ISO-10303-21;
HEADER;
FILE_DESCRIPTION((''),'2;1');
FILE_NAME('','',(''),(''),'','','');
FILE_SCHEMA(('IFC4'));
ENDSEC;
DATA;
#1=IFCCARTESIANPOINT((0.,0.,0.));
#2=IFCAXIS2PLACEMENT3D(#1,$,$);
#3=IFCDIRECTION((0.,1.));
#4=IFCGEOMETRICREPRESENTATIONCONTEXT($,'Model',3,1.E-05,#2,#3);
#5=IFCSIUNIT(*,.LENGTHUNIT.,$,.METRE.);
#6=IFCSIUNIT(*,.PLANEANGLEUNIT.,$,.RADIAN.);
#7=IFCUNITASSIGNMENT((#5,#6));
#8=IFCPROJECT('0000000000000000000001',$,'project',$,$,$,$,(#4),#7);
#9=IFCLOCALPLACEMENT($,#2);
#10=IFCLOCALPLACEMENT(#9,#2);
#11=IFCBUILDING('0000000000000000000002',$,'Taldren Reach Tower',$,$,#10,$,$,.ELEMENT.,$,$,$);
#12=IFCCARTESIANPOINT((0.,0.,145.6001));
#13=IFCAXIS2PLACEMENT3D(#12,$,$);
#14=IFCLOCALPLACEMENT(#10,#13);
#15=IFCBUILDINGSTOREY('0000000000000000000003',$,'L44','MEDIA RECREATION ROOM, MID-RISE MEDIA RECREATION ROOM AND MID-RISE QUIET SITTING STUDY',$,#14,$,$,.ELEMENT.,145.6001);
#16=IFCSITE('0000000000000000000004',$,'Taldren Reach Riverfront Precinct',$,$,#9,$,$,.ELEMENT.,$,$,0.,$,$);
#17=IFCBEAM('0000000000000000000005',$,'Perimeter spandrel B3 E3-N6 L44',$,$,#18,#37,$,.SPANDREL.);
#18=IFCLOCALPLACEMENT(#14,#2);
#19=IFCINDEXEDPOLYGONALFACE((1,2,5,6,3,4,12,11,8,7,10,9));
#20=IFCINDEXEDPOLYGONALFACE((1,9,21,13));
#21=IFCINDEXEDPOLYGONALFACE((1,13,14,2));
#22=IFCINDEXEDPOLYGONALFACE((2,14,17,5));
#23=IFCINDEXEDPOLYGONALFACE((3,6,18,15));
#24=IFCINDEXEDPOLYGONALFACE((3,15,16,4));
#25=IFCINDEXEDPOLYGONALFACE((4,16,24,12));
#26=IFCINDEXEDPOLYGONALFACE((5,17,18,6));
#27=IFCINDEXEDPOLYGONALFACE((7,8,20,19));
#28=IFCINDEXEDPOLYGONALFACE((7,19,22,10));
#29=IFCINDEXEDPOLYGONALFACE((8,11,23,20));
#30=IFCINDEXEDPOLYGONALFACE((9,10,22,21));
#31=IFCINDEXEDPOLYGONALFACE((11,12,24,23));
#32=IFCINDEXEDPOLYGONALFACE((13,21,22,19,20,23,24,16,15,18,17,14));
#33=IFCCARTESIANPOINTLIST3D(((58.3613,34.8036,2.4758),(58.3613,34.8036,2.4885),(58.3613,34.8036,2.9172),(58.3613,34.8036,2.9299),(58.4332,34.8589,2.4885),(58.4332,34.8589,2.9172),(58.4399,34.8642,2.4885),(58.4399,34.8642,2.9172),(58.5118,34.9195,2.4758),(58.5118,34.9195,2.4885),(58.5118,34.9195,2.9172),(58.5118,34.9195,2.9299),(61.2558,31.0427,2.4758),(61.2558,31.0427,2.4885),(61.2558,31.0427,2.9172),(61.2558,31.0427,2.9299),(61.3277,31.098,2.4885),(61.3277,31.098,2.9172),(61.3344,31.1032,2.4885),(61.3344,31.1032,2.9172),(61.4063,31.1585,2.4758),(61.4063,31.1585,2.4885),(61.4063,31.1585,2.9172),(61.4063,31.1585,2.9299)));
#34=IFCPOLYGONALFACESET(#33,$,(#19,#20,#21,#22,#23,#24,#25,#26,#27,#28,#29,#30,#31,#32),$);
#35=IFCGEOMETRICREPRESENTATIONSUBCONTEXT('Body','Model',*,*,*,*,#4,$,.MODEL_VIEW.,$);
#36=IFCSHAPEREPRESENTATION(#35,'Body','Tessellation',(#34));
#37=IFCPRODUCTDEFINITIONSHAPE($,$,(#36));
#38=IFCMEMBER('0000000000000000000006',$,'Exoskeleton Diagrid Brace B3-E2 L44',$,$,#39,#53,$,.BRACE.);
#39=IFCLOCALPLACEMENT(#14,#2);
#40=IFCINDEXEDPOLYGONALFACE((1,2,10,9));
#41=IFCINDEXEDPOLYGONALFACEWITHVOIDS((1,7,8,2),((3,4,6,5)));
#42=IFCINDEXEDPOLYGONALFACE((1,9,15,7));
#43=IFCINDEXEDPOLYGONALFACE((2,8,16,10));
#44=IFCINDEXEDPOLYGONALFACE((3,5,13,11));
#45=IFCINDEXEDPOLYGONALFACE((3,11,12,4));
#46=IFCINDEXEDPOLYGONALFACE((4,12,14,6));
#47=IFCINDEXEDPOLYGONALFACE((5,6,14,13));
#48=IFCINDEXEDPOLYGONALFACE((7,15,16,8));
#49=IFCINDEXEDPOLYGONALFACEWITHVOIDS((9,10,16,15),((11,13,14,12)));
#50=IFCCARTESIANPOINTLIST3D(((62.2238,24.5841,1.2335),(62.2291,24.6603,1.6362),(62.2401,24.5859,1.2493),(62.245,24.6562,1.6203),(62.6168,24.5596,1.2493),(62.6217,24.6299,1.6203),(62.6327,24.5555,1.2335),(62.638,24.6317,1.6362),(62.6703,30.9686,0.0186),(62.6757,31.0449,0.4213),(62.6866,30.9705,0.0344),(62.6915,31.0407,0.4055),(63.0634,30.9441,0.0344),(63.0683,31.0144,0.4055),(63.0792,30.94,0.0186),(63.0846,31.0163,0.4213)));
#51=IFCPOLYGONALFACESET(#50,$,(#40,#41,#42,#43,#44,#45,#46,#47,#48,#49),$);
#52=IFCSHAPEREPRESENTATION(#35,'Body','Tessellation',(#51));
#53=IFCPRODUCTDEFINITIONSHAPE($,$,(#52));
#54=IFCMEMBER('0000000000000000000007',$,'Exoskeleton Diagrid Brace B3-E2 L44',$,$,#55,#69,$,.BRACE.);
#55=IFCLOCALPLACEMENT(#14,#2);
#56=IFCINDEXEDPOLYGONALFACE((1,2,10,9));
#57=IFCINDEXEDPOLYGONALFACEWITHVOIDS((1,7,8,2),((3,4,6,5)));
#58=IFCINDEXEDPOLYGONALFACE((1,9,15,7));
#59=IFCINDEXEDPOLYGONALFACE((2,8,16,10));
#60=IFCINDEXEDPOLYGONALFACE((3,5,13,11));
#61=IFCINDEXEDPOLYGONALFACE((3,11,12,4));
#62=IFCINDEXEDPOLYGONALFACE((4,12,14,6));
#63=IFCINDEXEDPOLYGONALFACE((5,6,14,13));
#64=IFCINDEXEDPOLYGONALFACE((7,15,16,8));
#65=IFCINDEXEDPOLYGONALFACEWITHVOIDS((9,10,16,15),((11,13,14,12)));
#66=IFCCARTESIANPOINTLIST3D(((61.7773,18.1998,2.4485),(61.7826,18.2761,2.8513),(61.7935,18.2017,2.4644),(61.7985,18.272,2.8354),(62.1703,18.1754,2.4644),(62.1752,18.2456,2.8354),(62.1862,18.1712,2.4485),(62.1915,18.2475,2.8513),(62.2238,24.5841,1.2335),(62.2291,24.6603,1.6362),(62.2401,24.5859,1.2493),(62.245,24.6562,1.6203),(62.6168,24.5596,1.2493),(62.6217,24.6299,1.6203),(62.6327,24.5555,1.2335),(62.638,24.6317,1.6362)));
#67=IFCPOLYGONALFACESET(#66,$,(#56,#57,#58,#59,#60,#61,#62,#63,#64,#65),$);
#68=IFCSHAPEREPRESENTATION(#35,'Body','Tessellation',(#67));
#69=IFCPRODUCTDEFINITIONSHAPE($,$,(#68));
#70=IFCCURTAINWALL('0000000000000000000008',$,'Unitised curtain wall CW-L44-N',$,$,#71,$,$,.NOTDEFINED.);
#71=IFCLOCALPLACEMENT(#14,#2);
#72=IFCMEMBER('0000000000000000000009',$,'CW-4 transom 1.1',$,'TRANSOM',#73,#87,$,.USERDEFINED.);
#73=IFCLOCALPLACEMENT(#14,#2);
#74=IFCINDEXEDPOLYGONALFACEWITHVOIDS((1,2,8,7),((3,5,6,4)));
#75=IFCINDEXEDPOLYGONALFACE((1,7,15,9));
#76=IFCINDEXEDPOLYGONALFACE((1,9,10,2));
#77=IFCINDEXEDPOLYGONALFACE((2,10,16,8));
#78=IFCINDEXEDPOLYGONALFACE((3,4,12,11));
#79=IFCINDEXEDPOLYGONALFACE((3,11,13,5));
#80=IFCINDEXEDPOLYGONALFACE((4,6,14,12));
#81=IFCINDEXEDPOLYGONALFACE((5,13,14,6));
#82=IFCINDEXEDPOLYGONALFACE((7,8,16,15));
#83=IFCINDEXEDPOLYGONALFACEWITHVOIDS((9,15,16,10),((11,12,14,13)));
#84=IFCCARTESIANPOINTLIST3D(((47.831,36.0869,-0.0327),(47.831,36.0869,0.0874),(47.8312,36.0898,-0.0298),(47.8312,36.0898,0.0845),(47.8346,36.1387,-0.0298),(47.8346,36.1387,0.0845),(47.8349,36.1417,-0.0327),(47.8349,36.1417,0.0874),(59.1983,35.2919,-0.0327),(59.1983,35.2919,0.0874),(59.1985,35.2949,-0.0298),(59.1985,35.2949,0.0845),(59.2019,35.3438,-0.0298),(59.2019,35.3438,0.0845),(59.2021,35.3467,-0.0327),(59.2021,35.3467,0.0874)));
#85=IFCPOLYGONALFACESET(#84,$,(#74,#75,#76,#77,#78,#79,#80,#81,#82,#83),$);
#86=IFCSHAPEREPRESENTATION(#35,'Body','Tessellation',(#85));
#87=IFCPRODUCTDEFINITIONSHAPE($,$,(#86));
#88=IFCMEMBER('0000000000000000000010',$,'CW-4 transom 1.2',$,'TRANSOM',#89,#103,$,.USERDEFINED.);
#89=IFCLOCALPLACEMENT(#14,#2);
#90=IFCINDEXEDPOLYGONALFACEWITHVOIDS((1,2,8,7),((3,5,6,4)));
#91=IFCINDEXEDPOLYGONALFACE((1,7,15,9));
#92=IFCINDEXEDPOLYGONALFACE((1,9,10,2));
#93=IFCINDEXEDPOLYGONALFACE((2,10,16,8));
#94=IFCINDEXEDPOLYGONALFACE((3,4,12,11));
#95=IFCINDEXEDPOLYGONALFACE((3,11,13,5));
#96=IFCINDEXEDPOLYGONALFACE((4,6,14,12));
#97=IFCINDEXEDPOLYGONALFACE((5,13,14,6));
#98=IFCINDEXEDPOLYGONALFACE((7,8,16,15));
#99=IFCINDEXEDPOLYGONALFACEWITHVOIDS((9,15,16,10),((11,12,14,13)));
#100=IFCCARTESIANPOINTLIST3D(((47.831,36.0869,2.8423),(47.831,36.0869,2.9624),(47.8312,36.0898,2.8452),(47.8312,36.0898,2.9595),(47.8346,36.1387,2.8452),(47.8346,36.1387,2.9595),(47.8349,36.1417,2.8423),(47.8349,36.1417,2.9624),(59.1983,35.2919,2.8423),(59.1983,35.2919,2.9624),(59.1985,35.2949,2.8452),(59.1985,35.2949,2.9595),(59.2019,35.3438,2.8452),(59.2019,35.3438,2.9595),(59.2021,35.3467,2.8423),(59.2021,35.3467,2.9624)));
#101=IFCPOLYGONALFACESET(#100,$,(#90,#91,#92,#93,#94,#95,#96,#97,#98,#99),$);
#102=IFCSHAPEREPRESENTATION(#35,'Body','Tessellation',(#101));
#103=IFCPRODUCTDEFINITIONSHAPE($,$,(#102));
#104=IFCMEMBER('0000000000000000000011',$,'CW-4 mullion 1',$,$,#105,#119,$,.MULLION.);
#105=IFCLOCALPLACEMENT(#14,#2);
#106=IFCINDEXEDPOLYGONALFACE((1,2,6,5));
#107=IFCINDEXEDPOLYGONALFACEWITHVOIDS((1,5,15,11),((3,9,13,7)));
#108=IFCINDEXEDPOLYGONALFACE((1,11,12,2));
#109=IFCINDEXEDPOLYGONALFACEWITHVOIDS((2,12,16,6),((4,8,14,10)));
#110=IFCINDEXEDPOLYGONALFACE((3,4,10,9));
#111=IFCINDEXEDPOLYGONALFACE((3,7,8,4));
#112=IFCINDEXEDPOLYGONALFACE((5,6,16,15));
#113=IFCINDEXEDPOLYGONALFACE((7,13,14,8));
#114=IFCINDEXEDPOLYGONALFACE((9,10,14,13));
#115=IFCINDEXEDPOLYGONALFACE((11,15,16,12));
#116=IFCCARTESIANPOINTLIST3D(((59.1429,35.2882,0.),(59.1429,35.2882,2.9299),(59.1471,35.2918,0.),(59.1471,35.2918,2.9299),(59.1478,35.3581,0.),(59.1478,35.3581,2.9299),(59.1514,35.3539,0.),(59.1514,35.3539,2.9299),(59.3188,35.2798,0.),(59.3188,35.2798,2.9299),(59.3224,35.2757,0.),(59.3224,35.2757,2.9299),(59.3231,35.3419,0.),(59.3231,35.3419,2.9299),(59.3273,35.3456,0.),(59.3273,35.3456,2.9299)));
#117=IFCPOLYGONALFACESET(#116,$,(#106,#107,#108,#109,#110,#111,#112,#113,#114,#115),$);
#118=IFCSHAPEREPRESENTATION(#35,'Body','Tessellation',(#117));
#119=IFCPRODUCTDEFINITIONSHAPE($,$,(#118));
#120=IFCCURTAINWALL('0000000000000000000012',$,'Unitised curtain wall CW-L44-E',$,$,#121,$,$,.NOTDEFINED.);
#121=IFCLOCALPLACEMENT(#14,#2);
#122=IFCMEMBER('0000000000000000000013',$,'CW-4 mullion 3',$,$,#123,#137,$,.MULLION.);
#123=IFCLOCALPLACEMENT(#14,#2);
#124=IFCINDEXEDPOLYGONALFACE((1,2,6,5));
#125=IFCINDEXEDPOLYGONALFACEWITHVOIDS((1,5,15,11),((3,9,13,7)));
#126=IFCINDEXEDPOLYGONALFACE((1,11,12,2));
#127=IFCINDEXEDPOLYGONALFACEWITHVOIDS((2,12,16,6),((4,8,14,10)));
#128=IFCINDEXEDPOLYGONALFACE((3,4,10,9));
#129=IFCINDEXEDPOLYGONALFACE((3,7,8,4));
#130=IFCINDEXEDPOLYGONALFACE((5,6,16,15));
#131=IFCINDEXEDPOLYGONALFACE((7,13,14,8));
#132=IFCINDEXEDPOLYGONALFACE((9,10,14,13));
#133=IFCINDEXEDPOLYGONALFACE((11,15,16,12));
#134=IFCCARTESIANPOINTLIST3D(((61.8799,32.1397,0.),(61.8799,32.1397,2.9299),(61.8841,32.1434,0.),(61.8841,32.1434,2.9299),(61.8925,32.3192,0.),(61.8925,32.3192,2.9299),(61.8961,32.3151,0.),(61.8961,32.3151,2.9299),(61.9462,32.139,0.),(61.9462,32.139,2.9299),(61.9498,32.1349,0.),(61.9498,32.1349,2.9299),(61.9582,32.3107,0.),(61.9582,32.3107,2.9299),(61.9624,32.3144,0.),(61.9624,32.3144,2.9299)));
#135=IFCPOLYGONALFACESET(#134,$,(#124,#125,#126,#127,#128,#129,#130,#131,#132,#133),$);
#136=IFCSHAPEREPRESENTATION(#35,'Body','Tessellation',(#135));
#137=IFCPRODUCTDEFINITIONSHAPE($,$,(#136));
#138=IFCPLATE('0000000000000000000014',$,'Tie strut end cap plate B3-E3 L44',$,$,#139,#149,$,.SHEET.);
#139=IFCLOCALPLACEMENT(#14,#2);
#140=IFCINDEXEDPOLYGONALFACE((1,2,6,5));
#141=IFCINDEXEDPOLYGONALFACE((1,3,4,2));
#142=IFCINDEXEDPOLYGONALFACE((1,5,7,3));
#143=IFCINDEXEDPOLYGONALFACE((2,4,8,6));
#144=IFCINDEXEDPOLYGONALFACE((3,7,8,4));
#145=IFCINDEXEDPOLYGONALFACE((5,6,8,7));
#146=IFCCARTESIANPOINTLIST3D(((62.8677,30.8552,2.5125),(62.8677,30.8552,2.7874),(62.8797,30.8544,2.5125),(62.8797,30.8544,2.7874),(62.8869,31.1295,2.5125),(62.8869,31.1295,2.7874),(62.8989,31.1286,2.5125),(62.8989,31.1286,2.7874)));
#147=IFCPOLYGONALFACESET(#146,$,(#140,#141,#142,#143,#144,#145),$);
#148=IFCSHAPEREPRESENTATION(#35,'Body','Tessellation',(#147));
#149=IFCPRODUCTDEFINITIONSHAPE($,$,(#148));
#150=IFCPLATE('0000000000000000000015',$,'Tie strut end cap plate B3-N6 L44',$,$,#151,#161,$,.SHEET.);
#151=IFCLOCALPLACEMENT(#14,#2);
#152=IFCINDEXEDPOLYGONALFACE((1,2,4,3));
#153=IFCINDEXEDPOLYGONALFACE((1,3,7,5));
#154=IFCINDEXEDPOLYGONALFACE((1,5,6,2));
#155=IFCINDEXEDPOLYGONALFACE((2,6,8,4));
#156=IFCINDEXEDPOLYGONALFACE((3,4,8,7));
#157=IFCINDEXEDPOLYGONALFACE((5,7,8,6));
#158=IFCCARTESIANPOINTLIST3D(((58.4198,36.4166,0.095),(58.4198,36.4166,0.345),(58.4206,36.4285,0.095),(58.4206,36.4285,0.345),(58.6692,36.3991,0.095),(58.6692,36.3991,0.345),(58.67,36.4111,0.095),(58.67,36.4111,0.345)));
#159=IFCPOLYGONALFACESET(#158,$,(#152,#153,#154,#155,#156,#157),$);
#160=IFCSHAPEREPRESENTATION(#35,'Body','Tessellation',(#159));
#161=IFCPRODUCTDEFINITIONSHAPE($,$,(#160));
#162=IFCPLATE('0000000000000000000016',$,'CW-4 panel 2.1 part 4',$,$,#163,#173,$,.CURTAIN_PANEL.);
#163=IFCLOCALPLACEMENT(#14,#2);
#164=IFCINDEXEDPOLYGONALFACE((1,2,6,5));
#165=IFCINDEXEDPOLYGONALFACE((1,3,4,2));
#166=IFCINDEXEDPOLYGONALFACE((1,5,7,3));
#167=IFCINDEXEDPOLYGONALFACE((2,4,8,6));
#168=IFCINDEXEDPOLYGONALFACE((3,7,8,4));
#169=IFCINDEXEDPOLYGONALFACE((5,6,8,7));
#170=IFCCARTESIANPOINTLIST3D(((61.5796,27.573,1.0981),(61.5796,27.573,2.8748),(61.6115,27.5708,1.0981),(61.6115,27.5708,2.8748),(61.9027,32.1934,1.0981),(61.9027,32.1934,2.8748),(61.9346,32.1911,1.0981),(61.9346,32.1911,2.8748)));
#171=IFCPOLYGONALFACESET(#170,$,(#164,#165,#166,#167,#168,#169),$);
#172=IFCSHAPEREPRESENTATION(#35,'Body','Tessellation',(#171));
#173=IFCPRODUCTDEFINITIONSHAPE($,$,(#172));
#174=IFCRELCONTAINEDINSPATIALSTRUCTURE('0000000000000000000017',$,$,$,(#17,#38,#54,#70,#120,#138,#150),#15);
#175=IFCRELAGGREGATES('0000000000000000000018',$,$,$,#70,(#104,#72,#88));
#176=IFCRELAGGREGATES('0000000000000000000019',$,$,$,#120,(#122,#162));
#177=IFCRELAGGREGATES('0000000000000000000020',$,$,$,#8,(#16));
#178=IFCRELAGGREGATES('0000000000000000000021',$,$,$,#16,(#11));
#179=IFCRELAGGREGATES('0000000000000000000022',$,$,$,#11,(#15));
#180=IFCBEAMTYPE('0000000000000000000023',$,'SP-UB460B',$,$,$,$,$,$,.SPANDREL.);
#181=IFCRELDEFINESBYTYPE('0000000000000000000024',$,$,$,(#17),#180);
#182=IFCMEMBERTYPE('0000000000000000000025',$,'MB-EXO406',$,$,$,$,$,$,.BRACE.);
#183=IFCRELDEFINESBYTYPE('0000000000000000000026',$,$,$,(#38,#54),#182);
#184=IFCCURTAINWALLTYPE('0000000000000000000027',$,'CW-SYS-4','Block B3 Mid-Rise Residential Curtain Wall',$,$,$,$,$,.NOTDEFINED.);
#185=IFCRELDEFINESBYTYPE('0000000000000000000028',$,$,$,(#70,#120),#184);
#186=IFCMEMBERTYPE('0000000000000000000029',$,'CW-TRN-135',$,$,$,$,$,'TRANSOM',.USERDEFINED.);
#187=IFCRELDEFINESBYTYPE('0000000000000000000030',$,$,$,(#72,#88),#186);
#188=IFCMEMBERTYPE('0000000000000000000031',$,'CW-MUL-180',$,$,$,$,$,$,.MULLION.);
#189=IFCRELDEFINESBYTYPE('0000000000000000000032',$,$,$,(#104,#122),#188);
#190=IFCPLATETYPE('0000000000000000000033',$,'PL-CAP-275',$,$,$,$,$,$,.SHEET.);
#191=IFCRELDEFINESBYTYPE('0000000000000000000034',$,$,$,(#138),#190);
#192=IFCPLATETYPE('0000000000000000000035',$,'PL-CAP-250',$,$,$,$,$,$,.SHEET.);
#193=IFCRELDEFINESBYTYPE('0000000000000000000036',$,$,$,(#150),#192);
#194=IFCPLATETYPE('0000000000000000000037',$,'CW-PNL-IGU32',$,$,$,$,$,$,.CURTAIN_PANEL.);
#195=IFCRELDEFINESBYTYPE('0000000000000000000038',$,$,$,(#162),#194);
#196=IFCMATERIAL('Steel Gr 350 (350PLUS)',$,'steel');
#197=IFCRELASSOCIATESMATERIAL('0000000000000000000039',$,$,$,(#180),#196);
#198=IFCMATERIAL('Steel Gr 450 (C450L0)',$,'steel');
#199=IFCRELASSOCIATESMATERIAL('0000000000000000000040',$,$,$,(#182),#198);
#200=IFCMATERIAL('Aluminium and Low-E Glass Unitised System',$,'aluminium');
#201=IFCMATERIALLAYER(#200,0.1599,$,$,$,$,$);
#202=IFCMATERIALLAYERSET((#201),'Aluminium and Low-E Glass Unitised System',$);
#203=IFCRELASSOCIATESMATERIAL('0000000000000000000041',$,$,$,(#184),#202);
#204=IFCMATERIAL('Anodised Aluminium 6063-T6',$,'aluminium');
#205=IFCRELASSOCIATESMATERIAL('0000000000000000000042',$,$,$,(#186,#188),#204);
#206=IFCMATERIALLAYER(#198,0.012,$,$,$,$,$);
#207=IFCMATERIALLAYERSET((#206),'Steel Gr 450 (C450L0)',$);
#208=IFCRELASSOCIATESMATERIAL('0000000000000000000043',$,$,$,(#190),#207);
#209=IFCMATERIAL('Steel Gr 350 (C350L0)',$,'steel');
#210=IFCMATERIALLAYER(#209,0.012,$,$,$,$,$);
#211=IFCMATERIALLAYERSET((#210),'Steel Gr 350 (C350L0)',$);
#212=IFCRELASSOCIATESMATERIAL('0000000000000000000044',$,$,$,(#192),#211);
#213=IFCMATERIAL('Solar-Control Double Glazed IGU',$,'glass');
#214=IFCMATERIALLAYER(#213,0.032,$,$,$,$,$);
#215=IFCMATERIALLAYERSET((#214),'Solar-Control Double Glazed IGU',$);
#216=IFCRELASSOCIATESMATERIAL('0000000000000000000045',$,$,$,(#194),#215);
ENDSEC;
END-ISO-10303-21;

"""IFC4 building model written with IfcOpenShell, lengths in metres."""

from ifc_helpers import new_model, si_unit, direction, frame, origin, origin_2d, place, context, subcontext, project, spatial, rectangle, hollow_rectangle, i_section, extrude, source, transform, mapped, material, layer, layer_set, material_profile, profile_set, type_object, element, aggregate, save


model = new_model("IFC4")

# Units and contexts
model_context = context("Model", 3, precision=1e-05, world=origin(), true_north=direction((0.0, 1.0)))
body_context = subcontext(model_context, "Body", "Model", "MODEL_VIEW")
ifc_project = project(units=[si_unit("LENGTHUNIT", "METRE"), si_unit("PLANEANGLEUNIT", "RADIAN")], contexts=[model_context])

# Site, building, storey
site_placement = place(None, origin())
site = spatial("IfcSite", under=ifc_project, at=site_placement, Name="Taldren Reach Riverfront Precinct", CompositionType="ELEMENT", RefElevation=0.0)
building_placement = place(site_placement, origin())
building = spatial("IfcBuilding", under=site, at=building_placement, Name="Taldren Reach Tower", CompositionType="ELEMENT")
storey_placement = place(building_placement, frame((0.0, 0.0, 145.6001)))
storey = spatial("IfcBuildingStorey", under=building, at=storey_placement, Name="L44", Description="MEDIA RECREATION ROOM, MID-RISE MEDIA RECREATION ROOM AND MID-RISE QUIET SITTING STUDY", CompositionType="ELEMENT", Elevation=145.6001)

# Shared definitions
ifc_material_1 = material(Name="Steel Gr 450 (C450L0)", Category="steel")
ifc_material_2 = material(Name="Steel Gr 350 (350PLUS)", Category="steel")

# Shared definitions
ifc_material_3 = material(Name="Steel Gr 350 (C350L0)", Category="steel")

# Beam
ifc_material_profile_1 = material_profile(ifc_material_2, i_section(OverallWidth=0.1899, OverallDepth=0.4541, WebThickness=0.0085, FlangeThickness=0.0127, at=origin_2d()), Name="460UB67.1")
ifc_profile_set_1 = profile_set([ifc_material_profile_1], Name="Steel Gr 350 (350PLUS)")
beam_type = type_object("IfcBeamType", Name="SP-UB460B", PredefinedType="SPANDREL", material=ifc_profile_set_1)
shared_shape_1 = source(origin(), body_context, "Body", "SweptSolid", [
    extrude(i_section(OverallWidth=0.1899, OverallDepth=0.4541, WebThickness=0.0085, FlangeThickness=0.0127, at=origin_2d()), origin(), (0.0, 0.0, 1.0), 4.7458),
])
beam_1_placement = place(storey_placement, frame((61.3311, 31.1006, 2.7029), z_axis=(-0.609905, 0.792475, 0.0), x_axis=(-0.792475, -0.609905, 0.0)))
element("IfcBeam", 1, at=beam_1_placement, inside=storey, type_object=beam_type, Name="Perimeter spandrel B3 E3-N6 L44", PredefinedType="SPANDREL", context=body_context, shape_type="MappedRepresentation", body=[
    mapped(shared_shape_1, transform((0.0, 0.0, 0.0), scale=1.0)),
])

# Members
ifc_material_profile_2 = material_profile(ifc_material_1, hollow_rectangle(XDim=0.4099, YDim=0.4099, WallThickness=0.0161, at=origin_2d()), Name="410x410x16.0SHS")
ifc_profile_set_2 = profile_set([ifc_material_profile_2], Name="Steel Gr 450 (C450L0)")
member_type_1 = type_object("IfcMemberType", Name="MB-EXO406", PredefinedType="BRACE", material=ifc_profile_set_2)
shared_shape_2 = source(origin(), body_context, "Body", "SweptSolid", [
    extrude(hollow_rectangle(XDim=0.4099, YDim=0.4099, WallThickness=0.0161, at=origin_2d()), origin(), (0.0, 0.0, 1.0), 6.5144),
])
member_1_placement = place(storey_placement, frame((62.8774, 30.9924, 0.22), z_axis=(-0.068546, -0.980063, 0.186486), x_axis=(0.997563, -0.06977, 0.0)))
element("IfcMember", 2, at=member_1_placement, inside=storey, type_object=member_type_1, Name="Exoskeleton Diagrid Brace B3-E2 L44", PredefinedType="BRACE", context=body_context, shape_type="MappedRepresentation", body=[
    mapped(shared_shape_2, transform((0.0, 0.0, 0.0), scale=1.0)),
])
shared_shape_3 = source(origin(), body_context, "Body", "SweptSolid", [
    extrude(hollow_rectangle(XDim=0.4099, YDim=0.4099, WallThickness=0.0161, at=origin_2d()), origin(), (0.0, 0.0, 1.0), 6.5142),
])
member_2_placement = place(storey_placement, frame((62.4309, 24.6079, 1.4348), z_axis=(-0.068548, -0.980055, 0.186529), x_axis=(0.997563, -0.069772, 0.0)))
element("IfcMember", 3, at=member_2_placement, inside=storey, type_object=member_type_1, Name="Exoskeleton Diagrid Brace B3-E2 L44", PredefinedType="BRACE", context=body_context, shape_type="MappedRepresentation", body=[
    mapped(shared_shape_3, transform((0.0, 0.0, 0.0), scale=1.0)),
])

# Curtain wall, members
ifc_material_4 = material(Name="Aluminium and Low-E Glass Unitised System", Category="aluminium")
ifc_layer_1 = layer(ifc_material_4, 0.1599)
ifc_layer_set_1 = layer_set([ifc_layer_1], Name="Aluminium and Low-E Glass Unitised System")
curtain_wall_type = type_object("IfcCurtainWallType", Name="CW-SYS-4", Description="Block B3 Mid-Rise Residential Curtain Wall", PredefinedType="NOTDEFINED", material=ifc_layer_set_1)
curtain_wall_1_placement = place(storey_placement, origin())
curtain_wall_1 = element("IfcCurtainWall", 4, at=curtain_wall_1_placement, inside=storey, type_object=curtain_wall_type, Name="Unitised curtain wall CW-L44-N", PredefinedType="NOTDEFINED")
ifc_material_5 = material(Name="Anodised Aluminium 6063-T6", Category="aluminium")
ifc_material_profile_3 = material_profile(ifc_material_5, hollow_rectangle(XDim=0.0549, YDim=0.1201, WallThickness=0.0029, at=origin_2d()), Name="ALU-120x55x3RHS")
ifc_profile_set_3 = profile_set([ifc_material_profile_3], Name="Anodised Aluminium 6063-T6")
member_type_2 = type_object("IfcMemberType", Name="CW-TRN-135", ElementType="TRANSOM", PredefinedType="USERDEFINED", material=ifc_profile_set_3)
shared_shape_4 = source(origin(), body_context, "Body", "SweptSolid", [
    extrude(hollow_rectangle(XDim=0.0549, YDim=0.1201, WallThickness=0.0029, at=origin_2d()), origin(), (0.0, 0.0, 1.0), 11.395),
])
member_3_placement = place(storey_placement, frame((59.2002, 35.3193, 0.0273), z_axis=(-0.997564, 0.069761, 0.0), x_axis=(-0.069761, -0.997564, 0.0)))
member_3 = element("IfcMember", 5, at=member_3_placement, type_object=member_type_2, Name="CW-4 transom 1.1", ObjectType="TRANSOM", PredefinedType="USERDEFINED", context=body_context, shape_type="MappedRepresentation", body=[
    mapped(shared_shape_4, transform((0.0, 0.0, 0.0), scale=1.0)),
])
member_4_placement = place(storey_placement, frame((59.2002, 35.3193, 2.9023), z_axis=(-0.997564, 0.069761, 0.0), x_axis=(-0.069761, -0.997564, 0.0)))
member_4 = element("IfcMember", 6, at=member_4_placement, type_object=member_type_2, Name="CW-4 transom 1.2", ObjectType="TRANSOM", PredefinedType="USERDEFINED", context=body_context, shape_type="MappedRepresentation", body=[
    mapped(shared_shape_4, transform((0.0, 0.0, 0.0), scale=1.0)),
])
ifc_material_profile_4 = material_profile(ifc_material_5, hollow_rectangle(XDim=0.0701, YDim=0.1799, WallThickness=0.0039, at=origin_2d()), Name="ALU-180x70x4RHS")
ifc_profile_set_4 = profile_set([ifc_material_profile_4], Name="Anodised Aluminium 6063-T6")
member_type_3 = type_object("IfcMemberType", Name="CW-MUL-180", PredefinedType="MULLION", material=ifc_profile_set_4)
shared_shape_5 = source(origin(), body_context, "Body", "SweptSolid", [
    extrude(hollow_rectangle(XDim=0.0701, YDim=0.1799, WallThickness=0.0039, at=origin_2d()), origin(), (0.0, 0.0, 1.0), 2.9299),
])
member_5_placement = place(storey_placement, frame((59.2351, 35.3169, 0.0), z_axis=(0.0, 0.0, 1.0), x_axis=(-0.069757, -0.997564, 0.0)))
member_5 = element("IfcMember", 7, at=member_5_placement, type_object=member_type_3, Name="CW-4 mullion 1", PredefinedType="MULLION", context=body_context, shape_type="MappedRepresentation", body=[
    mapped(shared_shape_5, transform((0.0, 0.0, 0.0), scale=1.0)),
])
aggregate(curtain_wall_1, [member_5, member_3, member_4])

# Curtain wall, member
curtain_wall_2_placement = place(storey_placement, origin())
curtain_wall_2 = element("IfcCurtainWall", 8, at=curtain_wall_2_placement, inside=storey, type_object=curtain_wall_type, Name="Unitised curtain wall CW-L44-E", PredefinedType="NOTDEFINED")
member_6_placement = place(storey_placement, frame((61.9211, 32.2271, 0.0), z_axis=(0.0, 0.0, 1.0), x_axis=(-0.997564, 0.069756, 0.0)))
member_6 = element("IfcMember", 9, at=member_6_placement, type_object=member_type_3, Name="CW-4 mullion 3", PredefinedType="MULLION", context=body_context, shape_type="MappedRepresentation", body=[
    mapped(shared_shape_5, transform((0.0, 0.0, 0.0), scale=1.0)),
])

# Plates
ifc_layer_2 = layer(ifc_material_1, 0.012)
ifc_layer_set_2 = layer_set([ifc_layer_2], Name="Steel Gr 450 (C450L0)")
plate_type_1 = type_object("IfcPlateType", Name="PL-CAP-275", PredefinedType="SHEET", material=ifc_layer_set_2)
shared_shape_6 = source(origin(), body_context, "Body", "SweptSolid", [
    extrude(rectangle(XDim=0.012, YDim=0.2749, at=origin_2d()), origin(), (0.0, 0.0, 1.0), 0.2749),
])
plate_1_placement = place(storey_placement, frame((62.8833, 30.9919, 2.5125), z_axis=(0.0, 0.0, 1.0), x_axis=(0.997564, -0.069756, 0.0)))
element("IfcPlate", 10, at=plate_1_placement, inside=storey, type_object=plate_type_1, Name="Tie strut end cap plate B3-E3 L44", PredefinedType="SHEET", context=body_context, shape_type="MappedRepresentation", body=[
    mapped(shared_shape_6, transform((0.0, 0.0, 0.0), scale=1.0)),
])
ifc_layer_3 = layer(ifc_material_3, 0.012)
ifc_layer_set_3 = layer_set([ifc_layer_3], Name="Steel Gr 350 (C350L0)")
plate_type_2 = type_object("IfcPlateType", Name="PL-CAP-250", PredefinedType="SHEET", material=ifc_layer_set_3)
shared_shape_7 = source(origin(), body_context, "Body", "SweptSolid", [
    extrude(rectangle(XDim=0.25, YDim=0.012, at=origin_2d()), origin(), (0.0, 0.0, 1.0), 0.25),
])
plate_2_placement = place(storey_placement, frame((58.5449, 36.4138, 0.095), z_axis=(0.0, 0.0, 1.0), x_axis=(0.997564, -0.069756, 0.0)))
element("IfcPlate", 11, at=plate_2_placement, inside=storey, type_object=plate_type_2, Name="Tie strut end cap plate B3-N6 L44", PredefinedType="SHEET", context=body_context, shape_type="MappedRepresentation", body=[
    mapped(shared_shape_7, transform((0.0, 0.0, 0.0), scale=1.0)),
])

# Plate
ifc_material_6 = material(Name="Solar-Control Double Glazed IGU", Category="glass")
ifc_layer_4 = layer(ifc_material_6, 0.032)
ifc_layer_set_4 = layer_set([ifc_layer_4], Name="Solar-Control Double Glazed IGU")
plate_type_3 = type_object("IfcPlateType", Name="CW-PNL-IGU32", PredefinedType="CURTAIN_PANEL", material=ifc_layer_set_4)
shared_shape_8 = source(origin(), body_context, "Body", "SweptSolid", [
    extrude(rectangle(XDim=4.6316, YDim=0.032, at=origin_2d()), origin(), (0.0, 0.0, 1.0), 1.7766),
])
plate_3_placement = place(storey_placement, frame((61.7571, 29.8821, 1.0981), z_axis=(0.0, 0.0, 1.0), x_axis=(0.069756, 0.997564, 0.0)))
plate_3 = element("IfcPlate", 12, at=plate_3_placement, type_object=plate_type_3, Name="CW-4 panel 2.1 part 4", PredefinedType="CURTAIN_PANEL", context=body_context, shape_type="MappedRepresentation", body=[
    mapped(shared_shape_8, transform((0.0, 0.0, 0.0), scale=1.0)),
])
aggregate(curtain_wall_2, [member_6, plate_3])

save(model, "model.ifc")
